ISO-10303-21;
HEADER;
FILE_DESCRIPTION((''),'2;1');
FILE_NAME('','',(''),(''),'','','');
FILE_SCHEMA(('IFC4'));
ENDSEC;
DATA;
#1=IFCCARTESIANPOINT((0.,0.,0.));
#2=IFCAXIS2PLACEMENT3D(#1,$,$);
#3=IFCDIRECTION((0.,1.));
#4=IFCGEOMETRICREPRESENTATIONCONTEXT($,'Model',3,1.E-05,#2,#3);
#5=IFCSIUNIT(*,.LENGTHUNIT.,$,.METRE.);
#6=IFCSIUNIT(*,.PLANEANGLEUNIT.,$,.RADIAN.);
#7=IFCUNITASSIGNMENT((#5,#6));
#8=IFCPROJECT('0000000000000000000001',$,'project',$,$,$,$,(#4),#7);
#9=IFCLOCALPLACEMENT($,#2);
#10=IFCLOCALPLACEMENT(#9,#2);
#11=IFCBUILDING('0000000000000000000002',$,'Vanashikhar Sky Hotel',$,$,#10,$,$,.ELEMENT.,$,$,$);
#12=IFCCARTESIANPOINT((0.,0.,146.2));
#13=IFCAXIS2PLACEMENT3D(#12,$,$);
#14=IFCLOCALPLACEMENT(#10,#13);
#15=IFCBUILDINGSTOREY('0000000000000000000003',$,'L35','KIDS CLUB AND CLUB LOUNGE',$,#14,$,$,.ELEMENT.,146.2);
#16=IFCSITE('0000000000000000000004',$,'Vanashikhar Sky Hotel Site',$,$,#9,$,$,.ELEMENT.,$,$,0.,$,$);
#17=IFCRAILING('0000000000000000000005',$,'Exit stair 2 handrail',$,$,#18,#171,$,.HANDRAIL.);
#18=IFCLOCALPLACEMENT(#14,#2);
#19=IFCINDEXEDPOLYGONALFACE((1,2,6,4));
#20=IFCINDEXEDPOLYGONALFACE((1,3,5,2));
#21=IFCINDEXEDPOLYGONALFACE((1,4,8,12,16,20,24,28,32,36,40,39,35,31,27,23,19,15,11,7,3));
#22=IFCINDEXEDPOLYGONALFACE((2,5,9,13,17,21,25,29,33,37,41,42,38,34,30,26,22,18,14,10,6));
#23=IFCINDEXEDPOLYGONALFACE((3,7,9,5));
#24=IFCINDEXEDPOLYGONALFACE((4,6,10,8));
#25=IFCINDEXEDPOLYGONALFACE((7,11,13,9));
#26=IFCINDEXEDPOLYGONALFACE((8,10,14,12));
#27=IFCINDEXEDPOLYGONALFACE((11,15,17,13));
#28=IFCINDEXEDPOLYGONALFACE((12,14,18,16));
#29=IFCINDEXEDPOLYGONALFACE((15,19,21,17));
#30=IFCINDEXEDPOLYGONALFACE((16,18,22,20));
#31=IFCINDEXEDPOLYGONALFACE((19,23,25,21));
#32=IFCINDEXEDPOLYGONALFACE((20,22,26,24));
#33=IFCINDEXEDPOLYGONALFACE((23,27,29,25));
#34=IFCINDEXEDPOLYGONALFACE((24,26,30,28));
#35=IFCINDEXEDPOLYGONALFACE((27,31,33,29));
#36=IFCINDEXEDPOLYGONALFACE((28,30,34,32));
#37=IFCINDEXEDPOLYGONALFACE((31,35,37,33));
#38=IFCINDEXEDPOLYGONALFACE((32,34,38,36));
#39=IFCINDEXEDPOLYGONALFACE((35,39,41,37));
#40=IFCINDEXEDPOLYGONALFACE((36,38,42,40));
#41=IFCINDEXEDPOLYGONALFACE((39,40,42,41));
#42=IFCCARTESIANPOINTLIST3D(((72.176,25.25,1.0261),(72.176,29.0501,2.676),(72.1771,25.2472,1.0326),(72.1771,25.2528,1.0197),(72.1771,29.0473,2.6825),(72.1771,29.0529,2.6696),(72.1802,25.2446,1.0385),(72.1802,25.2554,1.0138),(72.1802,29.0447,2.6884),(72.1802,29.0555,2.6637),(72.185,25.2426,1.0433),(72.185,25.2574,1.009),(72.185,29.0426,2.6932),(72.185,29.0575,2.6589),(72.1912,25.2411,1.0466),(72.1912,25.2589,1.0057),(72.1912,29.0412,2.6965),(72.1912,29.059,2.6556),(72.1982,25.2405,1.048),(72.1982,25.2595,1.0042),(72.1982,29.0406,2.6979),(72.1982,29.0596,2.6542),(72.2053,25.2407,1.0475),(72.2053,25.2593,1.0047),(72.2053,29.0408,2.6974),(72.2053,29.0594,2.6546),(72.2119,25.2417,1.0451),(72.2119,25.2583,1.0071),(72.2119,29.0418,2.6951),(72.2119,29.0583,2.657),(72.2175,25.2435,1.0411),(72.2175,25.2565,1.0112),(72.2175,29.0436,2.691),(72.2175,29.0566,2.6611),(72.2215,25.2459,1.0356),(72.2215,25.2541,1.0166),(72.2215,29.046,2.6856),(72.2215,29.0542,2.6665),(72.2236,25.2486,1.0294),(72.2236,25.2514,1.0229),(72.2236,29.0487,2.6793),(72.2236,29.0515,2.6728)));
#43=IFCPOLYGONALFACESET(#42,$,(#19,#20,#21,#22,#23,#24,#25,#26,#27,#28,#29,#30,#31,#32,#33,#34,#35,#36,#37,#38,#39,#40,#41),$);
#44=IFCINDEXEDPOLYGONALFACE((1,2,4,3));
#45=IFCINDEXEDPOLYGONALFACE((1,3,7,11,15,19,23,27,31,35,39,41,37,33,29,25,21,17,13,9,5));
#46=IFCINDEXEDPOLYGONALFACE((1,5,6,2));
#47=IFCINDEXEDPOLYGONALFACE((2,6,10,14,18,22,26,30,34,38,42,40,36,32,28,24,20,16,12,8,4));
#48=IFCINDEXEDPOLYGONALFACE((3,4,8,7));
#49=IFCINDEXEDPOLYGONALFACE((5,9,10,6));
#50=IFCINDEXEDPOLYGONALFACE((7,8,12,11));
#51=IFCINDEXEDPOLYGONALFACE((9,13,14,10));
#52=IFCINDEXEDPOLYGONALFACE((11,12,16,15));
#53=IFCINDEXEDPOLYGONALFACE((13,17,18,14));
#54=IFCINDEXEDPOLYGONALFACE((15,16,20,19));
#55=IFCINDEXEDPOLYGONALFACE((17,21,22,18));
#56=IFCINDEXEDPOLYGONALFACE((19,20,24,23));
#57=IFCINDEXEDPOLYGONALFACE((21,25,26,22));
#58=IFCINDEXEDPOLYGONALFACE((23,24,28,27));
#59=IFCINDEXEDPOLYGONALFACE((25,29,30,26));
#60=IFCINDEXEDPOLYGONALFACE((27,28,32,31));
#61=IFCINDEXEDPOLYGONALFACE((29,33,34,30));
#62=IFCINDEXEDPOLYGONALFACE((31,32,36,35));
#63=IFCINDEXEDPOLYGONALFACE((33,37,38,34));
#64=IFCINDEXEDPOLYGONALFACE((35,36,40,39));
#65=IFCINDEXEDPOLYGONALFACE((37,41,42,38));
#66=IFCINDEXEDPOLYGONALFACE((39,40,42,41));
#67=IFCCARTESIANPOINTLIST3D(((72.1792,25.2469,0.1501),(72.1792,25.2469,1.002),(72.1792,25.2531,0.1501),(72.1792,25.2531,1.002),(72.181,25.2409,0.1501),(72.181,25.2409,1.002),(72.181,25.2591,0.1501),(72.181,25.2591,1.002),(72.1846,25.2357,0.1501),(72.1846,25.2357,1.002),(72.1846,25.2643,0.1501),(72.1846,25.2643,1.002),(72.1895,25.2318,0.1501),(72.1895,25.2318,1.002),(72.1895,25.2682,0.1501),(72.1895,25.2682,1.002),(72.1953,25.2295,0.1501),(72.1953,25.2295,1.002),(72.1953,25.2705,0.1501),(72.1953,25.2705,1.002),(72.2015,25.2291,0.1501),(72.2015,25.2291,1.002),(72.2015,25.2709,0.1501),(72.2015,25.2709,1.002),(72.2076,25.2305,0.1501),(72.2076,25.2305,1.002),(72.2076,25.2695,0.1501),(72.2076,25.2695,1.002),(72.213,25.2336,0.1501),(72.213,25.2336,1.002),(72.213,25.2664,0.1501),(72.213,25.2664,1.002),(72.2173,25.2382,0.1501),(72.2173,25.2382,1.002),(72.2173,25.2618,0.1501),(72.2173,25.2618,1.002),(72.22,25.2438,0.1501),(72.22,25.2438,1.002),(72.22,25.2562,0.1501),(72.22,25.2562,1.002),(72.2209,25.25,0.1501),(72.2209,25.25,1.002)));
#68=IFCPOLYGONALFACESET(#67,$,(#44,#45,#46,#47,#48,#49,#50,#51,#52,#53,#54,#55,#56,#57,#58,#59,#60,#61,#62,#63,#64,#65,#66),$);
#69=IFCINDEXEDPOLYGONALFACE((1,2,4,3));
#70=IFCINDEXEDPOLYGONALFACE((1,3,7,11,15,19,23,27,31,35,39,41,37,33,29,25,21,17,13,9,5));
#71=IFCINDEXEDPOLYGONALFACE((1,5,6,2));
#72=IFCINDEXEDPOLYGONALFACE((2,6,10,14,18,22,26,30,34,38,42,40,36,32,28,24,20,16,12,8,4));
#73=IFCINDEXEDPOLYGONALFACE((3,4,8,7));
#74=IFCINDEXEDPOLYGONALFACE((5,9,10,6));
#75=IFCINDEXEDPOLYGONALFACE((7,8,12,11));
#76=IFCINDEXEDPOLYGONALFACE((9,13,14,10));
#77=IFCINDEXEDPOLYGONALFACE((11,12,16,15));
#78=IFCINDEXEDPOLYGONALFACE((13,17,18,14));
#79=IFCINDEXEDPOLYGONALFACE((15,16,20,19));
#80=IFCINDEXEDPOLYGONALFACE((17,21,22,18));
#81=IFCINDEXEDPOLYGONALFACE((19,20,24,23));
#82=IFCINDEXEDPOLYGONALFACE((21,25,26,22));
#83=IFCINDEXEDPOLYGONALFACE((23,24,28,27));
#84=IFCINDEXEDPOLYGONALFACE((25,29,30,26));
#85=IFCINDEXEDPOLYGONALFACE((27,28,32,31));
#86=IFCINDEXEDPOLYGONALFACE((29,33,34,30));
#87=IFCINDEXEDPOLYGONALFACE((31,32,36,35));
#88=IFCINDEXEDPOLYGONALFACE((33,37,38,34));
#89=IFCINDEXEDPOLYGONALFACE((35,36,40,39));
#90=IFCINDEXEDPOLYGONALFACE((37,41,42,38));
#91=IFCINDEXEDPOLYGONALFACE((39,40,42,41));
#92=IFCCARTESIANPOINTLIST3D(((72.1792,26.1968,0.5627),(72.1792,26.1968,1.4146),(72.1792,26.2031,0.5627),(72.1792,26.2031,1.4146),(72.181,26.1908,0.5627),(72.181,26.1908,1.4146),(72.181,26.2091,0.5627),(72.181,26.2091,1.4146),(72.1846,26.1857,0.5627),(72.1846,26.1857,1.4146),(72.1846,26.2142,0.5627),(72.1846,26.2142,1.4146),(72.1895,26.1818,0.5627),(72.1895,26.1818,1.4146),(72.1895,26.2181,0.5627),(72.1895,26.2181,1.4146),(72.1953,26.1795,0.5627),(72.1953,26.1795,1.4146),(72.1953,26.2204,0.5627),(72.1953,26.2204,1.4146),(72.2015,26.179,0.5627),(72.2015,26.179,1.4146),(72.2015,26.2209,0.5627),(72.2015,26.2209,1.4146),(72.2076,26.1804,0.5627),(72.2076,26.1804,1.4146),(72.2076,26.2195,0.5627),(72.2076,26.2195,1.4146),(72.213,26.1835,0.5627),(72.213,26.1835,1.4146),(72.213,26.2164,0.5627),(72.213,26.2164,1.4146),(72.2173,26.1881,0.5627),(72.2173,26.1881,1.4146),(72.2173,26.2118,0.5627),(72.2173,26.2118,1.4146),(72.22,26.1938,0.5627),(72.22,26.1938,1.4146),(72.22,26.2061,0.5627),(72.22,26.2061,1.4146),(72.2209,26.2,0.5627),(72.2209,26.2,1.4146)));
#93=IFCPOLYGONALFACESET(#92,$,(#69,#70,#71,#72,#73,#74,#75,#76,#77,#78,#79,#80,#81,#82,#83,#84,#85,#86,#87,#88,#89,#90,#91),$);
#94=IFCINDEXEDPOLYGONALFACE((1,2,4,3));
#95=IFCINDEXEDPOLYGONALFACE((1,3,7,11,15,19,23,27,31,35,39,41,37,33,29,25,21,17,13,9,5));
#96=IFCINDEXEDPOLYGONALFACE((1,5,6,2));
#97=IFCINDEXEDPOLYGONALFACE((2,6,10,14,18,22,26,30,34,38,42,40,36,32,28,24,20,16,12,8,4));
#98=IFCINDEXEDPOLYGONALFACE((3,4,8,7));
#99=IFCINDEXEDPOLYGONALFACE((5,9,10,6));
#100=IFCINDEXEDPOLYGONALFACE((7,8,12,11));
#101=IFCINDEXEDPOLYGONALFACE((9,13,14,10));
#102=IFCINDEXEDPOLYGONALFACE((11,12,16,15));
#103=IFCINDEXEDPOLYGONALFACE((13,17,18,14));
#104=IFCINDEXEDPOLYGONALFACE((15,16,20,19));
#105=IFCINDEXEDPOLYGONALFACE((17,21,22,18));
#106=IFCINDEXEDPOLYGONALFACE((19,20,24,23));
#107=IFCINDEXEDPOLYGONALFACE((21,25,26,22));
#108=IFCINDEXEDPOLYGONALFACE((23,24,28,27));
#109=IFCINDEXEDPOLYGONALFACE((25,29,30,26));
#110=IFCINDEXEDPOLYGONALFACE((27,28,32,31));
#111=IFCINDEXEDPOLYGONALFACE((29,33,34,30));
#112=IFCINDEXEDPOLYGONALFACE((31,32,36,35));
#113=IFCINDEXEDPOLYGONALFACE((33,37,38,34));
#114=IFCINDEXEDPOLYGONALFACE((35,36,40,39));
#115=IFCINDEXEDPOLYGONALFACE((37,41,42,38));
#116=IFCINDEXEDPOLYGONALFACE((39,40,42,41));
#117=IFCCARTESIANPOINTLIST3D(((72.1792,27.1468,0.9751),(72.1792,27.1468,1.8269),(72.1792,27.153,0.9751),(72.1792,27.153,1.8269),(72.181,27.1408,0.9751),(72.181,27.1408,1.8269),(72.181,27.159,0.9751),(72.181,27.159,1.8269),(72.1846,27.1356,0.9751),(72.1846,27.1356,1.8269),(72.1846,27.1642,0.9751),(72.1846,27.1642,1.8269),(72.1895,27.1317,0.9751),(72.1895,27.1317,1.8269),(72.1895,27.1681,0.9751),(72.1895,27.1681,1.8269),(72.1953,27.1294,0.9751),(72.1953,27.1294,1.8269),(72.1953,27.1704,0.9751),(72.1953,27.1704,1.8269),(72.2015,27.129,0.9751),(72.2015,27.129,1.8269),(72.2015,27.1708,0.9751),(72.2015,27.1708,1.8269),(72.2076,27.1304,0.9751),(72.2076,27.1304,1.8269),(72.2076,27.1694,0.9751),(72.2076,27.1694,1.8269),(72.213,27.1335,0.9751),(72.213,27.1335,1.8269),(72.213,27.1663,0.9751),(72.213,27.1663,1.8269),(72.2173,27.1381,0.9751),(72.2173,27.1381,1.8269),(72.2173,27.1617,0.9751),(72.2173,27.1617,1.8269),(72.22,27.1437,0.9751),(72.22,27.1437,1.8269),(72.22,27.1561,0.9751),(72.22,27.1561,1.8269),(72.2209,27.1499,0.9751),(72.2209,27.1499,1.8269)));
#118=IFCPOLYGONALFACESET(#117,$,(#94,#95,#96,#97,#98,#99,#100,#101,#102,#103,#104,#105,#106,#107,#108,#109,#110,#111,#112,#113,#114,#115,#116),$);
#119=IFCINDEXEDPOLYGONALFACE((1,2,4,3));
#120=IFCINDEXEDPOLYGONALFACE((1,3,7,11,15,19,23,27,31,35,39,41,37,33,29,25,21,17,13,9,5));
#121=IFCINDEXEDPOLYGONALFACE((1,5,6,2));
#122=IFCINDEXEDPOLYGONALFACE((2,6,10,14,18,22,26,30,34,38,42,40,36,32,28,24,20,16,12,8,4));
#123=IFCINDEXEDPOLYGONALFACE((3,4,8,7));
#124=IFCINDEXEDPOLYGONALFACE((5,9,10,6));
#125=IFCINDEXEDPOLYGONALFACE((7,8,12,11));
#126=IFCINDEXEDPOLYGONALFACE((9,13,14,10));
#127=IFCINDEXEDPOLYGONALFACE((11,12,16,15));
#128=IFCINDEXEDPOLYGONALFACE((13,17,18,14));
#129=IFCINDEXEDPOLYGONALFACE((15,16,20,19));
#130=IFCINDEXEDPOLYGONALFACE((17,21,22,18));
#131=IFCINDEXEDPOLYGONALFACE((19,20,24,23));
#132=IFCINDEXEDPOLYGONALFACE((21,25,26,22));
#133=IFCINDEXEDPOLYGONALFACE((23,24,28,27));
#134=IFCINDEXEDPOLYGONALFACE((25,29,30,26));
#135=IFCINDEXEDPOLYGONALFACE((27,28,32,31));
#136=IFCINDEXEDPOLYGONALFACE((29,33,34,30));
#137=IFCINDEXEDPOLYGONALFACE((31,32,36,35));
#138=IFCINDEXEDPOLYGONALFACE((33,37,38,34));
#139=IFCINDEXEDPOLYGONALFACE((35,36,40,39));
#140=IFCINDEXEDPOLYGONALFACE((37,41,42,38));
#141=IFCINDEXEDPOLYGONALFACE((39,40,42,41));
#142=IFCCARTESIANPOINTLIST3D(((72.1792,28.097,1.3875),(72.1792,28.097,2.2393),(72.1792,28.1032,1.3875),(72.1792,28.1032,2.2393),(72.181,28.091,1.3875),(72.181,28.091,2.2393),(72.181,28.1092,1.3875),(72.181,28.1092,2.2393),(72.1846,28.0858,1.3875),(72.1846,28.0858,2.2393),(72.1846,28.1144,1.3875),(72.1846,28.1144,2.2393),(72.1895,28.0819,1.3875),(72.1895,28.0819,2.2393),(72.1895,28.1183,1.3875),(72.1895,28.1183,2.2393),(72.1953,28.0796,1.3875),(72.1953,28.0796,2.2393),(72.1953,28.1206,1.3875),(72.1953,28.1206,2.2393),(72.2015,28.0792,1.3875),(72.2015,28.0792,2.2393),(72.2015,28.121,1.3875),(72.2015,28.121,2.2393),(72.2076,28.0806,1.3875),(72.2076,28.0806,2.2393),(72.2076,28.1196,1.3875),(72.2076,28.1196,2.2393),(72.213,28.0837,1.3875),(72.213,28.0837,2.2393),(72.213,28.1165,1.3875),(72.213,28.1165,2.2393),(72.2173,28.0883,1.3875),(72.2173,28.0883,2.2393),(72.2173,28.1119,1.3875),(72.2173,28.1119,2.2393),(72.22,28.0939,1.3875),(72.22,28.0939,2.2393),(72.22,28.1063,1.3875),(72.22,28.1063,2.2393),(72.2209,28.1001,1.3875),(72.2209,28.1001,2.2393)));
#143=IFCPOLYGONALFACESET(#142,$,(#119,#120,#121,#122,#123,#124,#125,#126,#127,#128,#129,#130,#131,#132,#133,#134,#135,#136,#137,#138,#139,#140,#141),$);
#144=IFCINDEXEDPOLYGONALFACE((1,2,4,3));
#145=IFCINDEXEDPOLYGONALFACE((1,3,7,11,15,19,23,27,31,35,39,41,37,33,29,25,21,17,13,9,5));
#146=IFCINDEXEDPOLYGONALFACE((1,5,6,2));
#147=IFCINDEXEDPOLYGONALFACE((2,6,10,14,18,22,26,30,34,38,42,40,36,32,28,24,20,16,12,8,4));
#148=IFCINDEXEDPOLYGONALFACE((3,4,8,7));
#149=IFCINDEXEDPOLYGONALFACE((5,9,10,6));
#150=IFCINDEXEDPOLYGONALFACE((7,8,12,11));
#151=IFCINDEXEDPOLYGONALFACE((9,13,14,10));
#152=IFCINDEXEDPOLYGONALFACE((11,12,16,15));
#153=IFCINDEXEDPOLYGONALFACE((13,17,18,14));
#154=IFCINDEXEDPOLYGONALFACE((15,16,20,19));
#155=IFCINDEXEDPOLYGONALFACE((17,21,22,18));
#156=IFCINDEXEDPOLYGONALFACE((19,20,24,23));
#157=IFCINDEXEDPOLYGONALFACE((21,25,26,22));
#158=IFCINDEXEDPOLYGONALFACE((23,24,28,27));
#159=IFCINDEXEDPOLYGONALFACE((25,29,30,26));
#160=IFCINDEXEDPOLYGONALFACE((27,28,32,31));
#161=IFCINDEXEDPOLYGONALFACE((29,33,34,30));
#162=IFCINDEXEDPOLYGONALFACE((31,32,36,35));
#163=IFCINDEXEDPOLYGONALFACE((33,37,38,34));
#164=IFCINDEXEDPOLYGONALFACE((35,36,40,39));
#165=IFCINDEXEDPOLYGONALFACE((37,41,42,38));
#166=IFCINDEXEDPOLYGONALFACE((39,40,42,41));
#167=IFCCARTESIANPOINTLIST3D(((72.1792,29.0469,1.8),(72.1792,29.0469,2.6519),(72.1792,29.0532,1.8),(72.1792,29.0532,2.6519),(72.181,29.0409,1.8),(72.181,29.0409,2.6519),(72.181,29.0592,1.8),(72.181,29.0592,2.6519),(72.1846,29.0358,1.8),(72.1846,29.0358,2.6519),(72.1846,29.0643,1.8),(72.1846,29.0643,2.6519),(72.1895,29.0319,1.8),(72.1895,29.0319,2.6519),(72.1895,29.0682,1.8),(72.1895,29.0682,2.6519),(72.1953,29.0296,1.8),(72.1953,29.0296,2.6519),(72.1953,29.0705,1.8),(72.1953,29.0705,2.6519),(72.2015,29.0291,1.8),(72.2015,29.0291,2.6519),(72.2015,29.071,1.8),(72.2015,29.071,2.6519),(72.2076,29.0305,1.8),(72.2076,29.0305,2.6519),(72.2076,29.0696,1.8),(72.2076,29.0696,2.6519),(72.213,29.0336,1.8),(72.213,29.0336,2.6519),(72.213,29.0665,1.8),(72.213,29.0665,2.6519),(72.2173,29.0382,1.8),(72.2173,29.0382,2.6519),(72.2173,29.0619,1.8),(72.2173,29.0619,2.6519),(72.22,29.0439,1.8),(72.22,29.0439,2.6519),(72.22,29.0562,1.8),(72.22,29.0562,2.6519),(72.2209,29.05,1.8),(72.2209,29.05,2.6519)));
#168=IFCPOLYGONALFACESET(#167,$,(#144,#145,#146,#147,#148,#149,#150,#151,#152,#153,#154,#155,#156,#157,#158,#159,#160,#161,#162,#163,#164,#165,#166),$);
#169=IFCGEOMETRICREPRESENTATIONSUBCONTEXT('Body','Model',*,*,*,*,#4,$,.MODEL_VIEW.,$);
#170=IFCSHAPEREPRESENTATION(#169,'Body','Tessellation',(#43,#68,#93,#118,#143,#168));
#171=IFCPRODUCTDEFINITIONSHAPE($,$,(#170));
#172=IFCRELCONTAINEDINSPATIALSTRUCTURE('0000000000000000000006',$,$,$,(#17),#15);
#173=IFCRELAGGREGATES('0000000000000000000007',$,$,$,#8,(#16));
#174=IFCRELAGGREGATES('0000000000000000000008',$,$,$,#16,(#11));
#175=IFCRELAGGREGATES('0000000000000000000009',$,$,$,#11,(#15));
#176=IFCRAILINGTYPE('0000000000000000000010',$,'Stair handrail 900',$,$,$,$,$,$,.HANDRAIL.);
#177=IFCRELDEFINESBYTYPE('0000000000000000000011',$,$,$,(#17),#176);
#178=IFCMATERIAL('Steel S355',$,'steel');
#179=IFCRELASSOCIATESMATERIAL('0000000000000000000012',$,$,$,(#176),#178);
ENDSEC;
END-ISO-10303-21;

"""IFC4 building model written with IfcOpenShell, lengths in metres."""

from ifc_helpers import new_model, si_unit, direction, frame, origin, origin_2d, place, context, subcontext, project, spatial, circle, extrude, source, transform, mapped, material, type_object, element, save


model = new_model("IFC4")

# Units and contexts
model_context = context("Model", 3, precision=1e-05, world=origin(), true_north=direction((0.0, 1.0)))
body_context = subcontext(model_context, "Body", "Model", "MODEL_VIEW")
ifc_project = project(units=[si_unit("LENGTHUNIT", "METRE"), si_unit("PLANEANGLEUNIT", "RADIAN")], contexts=[model_context])

# Site, building, storey
site_placement = place(None, origin())
site = spatial("IfcSite", under=ifc_project, at=site_placement, Name="Vanashikhar Sky Hotel Site", CompositionType="ELEMENT", RefElevation=0.0)
building_placement = place(site_placement, origin())
building = spatial("IfcBuilding", under=site, at=building_placement, Name="Vanashikhar Sky Hotel", CompositionType="ELEMENT")
storey_placement = place(building_placement, frame((0.0, 0.0, 146.2)))
storey = spatial("IfcBuildingStorey", under=building, at=storey_placement, Name="L35", Description="KIDS CLUB AND CLUB LOUNGE", CompositionType="ELEMENT", Elevation=146.2)

# Railing
ifc_material_1 = material(Name="Steel S355", Category="steel")
railing_type_1 = type_object("IfcRailingType", Name="Stair handrail 900", PredefinedType="HANDRAIL", material=ifc_material_1)
shared_shape_1 = source(origin(), body_context, "Body", "SweptSolid", [
    extrude(circle(Radius=0.0239, at=origin_2d()), frame((0.0, 0.0, 0.876), z_axis=(0.0, 0.917272, 0.398261), x_axis=(-1.0, 0.0, 0.0)), (0.0, 0.0, 1.0), 4.1428),
    extrude(circle(Radius=0.021, at=origin_2d()), origin(), (0.0, 0.0, 1.0), 0.8518),
    extrude(circle(Radius=0.021, at=origin_2d()), frame((0.0, 0.95, 0.4126)), (0.0, 0.0, 1.0), 0.8518),
    extrude(circle(Radius=0.021, at=origin_2d()), frame((0.0, 1.8999, 0.825)), (0.0, 0.0, 1.0), 0.8518),
    extrude(circle(Radius=0.021, at=origin_2d()), frame((0.0, 2.8501, 1.2373)), (0.0, 0.0, 1.0), 0.8518),
    extrude(circle(Radius=0.021, at=origin_2d()), frame((0.0, 3.8, 1.6499)), (0.0, 0.0, 1.0), 0.8518),
])
railing_1_placement = place(storey_placement, frame((72.2, 25.25, 0.1501)))
element("IfcRailing", 1, at=railing_1_placement, inside=storey, type_object=railing_type_1, Name="Exit stair 2 handrail", PredefinedType="HANDRAIL", context=body_context, shape_type="MappedRepresentation", body=[
    mapped(shared_shape_1, transform((0.0, 0.0, 0.0), scale=1.0)),
])

save(model, "model.ifc")
